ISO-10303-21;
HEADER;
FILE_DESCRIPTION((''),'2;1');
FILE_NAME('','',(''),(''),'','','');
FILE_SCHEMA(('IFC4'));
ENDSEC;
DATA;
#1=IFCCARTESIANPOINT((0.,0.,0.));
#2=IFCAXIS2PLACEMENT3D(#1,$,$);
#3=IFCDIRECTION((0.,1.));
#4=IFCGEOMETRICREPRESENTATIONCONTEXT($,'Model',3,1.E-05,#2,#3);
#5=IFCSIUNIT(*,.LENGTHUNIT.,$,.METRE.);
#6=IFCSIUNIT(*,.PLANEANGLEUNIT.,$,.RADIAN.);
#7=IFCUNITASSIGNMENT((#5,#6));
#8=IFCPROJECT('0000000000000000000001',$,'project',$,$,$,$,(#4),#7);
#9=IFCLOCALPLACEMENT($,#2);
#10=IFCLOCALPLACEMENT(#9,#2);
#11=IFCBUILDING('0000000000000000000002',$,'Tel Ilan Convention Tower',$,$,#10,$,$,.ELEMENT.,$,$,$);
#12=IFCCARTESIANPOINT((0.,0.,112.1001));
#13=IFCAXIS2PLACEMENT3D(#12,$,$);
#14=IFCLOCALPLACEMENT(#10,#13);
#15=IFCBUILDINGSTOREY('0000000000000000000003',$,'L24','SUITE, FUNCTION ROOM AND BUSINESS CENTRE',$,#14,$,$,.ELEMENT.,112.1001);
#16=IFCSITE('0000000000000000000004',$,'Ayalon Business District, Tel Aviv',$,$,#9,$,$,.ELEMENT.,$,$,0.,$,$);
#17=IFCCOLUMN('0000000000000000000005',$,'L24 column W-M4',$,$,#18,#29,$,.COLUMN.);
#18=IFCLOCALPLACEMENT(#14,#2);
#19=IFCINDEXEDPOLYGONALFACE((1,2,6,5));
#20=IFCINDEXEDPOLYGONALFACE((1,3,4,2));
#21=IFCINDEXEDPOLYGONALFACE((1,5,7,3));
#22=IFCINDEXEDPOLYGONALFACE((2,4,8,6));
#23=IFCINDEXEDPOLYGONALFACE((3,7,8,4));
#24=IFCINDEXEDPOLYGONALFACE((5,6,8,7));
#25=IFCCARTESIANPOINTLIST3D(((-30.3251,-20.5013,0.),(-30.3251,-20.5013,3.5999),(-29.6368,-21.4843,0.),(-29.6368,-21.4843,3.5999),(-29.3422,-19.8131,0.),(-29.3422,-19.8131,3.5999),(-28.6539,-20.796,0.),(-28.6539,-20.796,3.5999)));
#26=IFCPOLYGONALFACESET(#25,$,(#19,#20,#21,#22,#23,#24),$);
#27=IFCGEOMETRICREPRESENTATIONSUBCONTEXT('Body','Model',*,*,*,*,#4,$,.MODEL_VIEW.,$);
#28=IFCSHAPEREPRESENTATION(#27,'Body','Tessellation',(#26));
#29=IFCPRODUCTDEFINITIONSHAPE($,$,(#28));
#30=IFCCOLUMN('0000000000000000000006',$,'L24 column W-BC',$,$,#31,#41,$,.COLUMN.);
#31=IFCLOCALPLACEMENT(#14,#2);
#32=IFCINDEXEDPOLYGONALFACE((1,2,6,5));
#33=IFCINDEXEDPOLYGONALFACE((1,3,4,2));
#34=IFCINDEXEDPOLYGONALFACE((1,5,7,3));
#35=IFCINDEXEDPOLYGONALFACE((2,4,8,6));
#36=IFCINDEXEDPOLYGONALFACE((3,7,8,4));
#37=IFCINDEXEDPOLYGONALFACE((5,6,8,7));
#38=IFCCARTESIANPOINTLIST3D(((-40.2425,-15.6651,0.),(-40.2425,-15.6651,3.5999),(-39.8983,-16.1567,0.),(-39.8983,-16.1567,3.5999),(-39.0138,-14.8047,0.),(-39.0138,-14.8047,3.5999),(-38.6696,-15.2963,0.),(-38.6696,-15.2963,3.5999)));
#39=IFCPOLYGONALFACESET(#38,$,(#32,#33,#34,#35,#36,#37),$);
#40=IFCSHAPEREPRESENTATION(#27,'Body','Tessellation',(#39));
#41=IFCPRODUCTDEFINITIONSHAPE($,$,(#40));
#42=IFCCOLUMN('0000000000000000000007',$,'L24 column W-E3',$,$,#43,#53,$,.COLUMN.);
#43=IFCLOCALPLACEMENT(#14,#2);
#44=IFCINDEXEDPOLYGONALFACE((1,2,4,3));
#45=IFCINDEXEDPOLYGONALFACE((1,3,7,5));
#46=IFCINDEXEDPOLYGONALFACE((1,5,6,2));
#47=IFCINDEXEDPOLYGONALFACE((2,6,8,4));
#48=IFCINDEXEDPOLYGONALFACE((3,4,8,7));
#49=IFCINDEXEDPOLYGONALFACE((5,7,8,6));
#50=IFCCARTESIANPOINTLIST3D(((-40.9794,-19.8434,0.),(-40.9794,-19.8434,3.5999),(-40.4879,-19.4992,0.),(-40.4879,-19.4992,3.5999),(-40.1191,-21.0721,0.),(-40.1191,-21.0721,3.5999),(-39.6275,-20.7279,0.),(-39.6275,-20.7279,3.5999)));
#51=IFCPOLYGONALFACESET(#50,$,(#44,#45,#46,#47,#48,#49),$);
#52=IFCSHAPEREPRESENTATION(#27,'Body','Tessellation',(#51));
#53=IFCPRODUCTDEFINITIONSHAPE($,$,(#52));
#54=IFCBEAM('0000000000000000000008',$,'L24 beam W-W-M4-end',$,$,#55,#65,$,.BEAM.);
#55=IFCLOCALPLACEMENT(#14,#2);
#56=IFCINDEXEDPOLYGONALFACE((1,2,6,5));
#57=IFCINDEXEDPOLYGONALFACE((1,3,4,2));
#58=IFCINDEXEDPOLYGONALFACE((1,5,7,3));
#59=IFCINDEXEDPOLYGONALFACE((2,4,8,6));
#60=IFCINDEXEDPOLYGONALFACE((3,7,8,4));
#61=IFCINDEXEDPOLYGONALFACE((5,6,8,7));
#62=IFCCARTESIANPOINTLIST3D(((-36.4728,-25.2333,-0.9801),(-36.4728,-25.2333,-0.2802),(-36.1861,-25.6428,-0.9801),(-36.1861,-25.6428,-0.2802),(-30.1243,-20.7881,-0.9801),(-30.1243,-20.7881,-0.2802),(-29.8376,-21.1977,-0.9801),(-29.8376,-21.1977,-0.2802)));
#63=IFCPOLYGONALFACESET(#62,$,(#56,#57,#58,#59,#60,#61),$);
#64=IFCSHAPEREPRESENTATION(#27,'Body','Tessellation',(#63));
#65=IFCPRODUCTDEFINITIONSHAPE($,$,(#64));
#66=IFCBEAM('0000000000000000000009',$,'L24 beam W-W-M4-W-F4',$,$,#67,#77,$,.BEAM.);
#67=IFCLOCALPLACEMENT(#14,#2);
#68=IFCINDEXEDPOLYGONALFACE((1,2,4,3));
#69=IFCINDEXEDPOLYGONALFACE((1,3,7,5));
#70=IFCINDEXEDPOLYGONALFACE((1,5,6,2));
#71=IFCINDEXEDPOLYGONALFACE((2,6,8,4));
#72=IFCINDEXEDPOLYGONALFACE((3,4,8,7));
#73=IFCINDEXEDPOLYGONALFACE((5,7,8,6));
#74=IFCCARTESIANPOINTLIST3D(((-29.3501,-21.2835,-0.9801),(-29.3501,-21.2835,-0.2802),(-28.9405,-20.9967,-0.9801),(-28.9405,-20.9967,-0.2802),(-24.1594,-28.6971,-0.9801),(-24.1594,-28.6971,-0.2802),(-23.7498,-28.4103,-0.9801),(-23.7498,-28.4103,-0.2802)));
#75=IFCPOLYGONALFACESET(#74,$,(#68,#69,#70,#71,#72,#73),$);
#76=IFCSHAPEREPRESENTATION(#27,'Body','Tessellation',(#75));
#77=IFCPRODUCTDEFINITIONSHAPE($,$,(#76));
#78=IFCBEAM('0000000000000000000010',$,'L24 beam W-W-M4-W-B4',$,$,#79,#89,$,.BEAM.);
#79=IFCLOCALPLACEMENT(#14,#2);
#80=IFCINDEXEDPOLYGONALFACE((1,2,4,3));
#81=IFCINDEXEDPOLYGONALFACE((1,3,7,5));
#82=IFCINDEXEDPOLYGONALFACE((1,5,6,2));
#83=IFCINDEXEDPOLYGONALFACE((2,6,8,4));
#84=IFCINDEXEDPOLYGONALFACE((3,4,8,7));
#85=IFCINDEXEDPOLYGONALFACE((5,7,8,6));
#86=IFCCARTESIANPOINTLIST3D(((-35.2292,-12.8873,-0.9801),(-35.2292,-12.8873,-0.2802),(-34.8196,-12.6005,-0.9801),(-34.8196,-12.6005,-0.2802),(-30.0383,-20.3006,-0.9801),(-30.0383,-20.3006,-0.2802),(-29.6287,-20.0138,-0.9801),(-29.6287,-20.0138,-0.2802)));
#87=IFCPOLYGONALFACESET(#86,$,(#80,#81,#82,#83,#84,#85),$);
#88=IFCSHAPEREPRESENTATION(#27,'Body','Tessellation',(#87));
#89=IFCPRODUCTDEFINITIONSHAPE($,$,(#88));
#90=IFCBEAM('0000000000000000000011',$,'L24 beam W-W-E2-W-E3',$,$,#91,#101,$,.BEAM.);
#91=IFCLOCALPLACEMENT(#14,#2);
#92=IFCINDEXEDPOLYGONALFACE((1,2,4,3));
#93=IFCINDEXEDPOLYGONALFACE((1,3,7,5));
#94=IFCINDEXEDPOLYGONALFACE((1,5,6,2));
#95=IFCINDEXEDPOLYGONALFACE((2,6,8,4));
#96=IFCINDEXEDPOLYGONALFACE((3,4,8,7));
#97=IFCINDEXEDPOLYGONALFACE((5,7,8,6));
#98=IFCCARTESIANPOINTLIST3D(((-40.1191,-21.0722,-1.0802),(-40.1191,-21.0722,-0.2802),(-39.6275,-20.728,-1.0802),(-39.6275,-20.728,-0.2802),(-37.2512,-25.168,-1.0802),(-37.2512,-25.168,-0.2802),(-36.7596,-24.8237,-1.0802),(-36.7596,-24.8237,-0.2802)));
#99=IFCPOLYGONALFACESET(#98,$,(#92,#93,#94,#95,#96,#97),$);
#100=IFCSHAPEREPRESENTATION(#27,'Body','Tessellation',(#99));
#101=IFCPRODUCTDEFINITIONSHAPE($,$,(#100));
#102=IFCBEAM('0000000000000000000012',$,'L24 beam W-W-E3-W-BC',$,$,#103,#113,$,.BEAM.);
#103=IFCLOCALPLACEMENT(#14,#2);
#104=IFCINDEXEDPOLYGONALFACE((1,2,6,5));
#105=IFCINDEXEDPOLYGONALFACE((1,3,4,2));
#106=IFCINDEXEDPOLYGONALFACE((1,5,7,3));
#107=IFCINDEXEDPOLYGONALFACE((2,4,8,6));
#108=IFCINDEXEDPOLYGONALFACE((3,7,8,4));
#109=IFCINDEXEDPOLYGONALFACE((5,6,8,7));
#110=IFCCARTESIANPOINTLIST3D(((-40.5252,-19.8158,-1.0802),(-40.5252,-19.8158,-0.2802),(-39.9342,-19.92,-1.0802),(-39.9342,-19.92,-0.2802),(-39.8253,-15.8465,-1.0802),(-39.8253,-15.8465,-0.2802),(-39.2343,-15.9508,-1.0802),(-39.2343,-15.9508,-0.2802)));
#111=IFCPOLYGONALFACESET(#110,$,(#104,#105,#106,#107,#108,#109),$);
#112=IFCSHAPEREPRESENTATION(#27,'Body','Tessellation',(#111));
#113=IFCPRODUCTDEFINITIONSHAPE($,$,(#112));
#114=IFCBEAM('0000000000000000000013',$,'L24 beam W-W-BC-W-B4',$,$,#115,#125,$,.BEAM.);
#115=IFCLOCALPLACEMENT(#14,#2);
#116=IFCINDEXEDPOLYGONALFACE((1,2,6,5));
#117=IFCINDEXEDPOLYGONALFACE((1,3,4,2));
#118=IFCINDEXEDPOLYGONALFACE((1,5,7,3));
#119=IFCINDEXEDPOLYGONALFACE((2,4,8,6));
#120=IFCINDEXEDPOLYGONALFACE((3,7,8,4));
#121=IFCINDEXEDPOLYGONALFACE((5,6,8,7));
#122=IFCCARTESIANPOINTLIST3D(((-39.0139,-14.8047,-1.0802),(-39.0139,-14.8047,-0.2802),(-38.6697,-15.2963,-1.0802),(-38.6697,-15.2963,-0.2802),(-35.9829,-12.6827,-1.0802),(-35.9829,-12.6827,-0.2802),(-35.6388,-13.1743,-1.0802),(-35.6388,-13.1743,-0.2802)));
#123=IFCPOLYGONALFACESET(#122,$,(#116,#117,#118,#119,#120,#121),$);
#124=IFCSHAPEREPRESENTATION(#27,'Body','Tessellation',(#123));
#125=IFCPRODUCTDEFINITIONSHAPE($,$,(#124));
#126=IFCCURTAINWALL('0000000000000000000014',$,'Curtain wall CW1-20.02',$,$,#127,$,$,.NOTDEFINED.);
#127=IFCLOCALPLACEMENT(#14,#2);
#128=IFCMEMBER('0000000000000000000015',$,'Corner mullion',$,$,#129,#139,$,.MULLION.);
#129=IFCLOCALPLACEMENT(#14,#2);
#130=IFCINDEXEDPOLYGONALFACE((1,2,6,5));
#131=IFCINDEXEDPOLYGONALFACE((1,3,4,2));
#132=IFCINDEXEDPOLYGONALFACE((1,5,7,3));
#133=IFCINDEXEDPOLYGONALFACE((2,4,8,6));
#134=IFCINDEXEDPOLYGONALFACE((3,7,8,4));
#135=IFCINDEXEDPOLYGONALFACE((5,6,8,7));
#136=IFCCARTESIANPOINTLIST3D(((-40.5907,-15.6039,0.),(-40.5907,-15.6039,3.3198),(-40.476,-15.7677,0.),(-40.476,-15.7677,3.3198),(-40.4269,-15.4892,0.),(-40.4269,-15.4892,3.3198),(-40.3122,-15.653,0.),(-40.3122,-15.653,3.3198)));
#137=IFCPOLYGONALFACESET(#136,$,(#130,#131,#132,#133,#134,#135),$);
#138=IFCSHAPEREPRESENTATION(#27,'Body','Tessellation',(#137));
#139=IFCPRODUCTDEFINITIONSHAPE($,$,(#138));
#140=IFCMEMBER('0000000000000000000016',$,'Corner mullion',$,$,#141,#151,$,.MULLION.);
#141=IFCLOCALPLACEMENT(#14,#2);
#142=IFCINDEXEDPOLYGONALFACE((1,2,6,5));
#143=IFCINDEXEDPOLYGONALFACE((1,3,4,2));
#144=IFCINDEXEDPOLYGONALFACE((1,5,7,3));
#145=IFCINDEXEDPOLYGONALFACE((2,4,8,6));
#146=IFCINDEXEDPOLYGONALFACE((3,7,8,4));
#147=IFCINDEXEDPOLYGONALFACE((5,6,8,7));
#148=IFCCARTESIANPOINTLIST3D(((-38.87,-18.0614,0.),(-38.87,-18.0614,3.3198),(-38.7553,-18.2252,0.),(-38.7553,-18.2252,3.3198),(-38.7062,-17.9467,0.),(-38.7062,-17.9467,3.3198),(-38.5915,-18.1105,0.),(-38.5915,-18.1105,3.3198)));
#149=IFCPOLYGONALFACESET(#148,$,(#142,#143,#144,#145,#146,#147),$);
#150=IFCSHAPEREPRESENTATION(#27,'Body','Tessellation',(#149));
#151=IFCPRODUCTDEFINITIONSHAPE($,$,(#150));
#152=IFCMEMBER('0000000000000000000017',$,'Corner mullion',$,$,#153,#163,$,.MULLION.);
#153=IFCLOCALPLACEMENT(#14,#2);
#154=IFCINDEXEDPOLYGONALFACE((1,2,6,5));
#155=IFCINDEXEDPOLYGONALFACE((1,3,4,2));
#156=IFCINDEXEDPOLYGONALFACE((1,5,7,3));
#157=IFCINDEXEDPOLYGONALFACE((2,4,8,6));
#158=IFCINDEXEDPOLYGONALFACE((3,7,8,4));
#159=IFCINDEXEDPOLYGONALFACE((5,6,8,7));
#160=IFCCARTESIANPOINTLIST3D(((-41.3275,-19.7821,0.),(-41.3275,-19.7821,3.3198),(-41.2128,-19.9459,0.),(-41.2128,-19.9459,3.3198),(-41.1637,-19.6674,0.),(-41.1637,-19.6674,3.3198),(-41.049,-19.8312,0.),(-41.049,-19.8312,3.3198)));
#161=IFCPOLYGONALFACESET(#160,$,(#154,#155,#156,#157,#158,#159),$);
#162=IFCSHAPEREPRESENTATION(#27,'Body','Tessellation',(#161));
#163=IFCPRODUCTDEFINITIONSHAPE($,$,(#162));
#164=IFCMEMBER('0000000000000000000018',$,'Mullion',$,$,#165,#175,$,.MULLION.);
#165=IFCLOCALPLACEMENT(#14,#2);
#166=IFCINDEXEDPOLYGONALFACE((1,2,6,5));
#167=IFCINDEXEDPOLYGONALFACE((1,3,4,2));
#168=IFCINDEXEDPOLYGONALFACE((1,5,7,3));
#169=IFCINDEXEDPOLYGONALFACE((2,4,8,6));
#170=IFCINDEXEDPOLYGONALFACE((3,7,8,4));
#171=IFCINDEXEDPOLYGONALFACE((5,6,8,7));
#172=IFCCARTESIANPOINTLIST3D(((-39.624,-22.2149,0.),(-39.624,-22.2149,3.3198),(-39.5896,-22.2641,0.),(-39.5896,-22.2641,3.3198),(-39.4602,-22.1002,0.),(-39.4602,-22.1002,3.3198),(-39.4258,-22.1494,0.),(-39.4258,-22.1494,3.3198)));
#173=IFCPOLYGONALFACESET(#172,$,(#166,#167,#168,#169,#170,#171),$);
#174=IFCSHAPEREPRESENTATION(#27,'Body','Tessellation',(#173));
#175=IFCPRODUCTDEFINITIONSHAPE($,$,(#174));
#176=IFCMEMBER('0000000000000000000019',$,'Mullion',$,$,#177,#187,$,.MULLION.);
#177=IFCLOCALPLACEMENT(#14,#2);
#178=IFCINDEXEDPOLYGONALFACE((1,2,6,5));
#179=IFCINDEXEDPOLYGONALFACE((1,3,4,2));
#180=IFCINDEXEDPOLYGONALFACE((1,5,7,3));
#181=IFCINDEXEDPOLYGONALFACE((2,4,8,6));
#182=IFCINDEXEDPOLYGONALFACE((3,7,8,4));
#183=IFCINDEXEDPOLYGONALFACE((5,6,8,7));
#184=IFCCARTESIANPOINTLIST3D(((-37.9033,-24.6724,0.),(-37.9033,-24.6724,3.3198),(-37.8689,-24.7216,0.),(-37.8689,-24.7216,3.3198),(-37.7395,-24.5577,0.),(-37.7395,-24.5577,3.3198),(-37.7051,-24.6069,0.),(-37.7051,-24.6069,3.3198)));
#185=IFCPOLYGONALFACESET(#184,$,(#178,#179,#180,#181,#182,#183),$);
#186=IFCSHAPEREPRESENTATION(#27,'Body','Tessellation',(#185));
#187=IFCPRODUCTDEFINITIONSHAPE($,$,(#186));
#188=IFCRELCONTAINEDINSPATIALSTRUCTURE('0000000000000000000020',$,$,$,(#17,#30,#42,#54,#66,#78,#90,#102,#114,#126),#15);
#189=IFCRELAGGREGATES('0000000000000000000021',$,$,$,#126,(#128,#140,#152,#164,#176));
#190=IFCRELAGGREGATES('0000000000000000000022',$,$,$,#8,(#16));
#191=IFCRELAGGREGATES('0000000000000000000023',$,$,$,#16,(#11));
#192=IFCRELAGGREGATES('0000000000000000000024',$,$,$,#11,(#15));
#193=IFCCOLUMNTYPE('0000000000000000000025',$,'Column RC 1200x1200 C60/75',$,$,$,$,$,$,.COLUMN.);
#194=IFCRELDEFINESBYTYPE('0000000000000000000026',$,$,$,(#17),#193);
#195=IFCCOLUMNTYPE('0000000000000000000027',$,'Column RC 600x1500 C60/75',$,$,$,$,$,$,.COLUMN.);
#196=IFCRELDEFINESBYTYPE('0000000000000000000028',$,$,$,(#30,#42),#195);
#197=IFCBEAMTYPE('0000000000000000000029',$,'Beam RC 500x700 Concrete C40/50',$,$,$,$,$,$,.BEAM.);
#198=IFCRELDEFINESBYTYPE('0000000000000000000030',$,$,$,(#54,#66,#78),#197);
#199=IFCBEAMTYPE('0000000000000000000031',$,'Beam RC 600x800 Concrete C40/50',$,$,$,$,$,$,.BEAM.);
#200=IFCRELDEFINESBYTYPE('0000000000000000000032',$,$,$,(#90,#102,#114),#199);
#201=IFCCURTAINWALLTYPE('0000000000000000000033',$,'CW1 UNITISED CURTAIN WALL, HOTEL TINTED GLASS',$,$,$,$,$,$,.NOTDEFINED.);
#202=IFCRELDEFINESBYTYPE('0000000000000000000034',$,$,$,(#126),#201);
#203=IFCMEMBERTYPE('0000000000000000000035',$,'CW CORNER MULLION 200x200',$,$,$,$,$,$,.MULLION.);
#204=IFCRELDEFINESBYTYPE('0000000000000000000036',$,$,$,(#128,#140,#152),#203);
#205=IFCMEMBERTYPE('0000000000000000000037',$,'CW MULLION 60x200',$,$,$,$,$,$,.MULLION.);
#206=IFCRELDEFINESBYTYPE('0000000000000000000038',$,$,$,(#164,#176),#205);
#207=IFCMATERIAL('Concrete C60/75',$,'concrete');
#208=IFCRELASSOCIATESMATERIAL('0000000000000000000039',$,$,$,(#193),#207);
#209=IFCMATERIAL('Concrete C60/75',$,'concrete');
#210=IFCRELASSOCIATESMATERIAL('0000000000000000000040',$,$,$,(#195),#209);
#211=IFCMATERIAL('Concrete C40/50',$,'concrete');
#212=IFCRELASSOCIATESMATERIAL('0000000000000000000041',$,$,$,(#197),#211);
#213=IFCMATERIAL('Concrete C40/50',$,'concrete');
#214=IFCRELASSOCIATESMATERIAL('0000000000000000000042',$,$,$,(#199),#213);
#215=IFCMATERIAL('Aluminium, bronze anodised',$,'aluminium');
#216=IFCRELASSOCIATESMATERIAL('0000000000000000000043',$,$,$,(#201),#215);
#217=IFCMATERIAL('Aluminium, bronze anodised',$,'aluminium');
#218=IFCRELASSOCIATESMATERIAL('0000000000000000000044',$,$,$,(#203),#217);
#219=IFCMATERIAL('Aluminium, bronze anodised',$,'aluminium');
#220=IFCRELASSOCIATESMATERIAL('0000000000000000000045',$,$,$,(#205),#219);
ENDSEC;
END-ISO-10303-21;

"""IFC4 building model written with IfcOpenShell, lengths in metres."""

from ifc_helpers import new_model, si_unit, direction, frame, origin, origin_2d, place, context, subcontext, project, spatial, rectangle, extrude, material, material_profile, profile_set, type_object, element, aggregate, save


model = new_model("IFC4")

# Units and contexts
model_context = context("Model", 3, precision=1e-05, world=origin(), true_north=direction((0.0, 1.0)))
body_context = subcontext(model_context, "Body", "Model", "MODEL_VIEW")
ifc_project = project(units=[si_unit("LENGTHUNIT", "METRE"), si_unit("PLANEANGLEUNIT", "RADIAN")], contexts=[model_context])

# Site, building, storey
site_placement = place(None, origin())
site = spatial("IfcSite", under=ifc_project, at=site_placement, Name="Ayalon Business District, Tel Aviv", CompositionType="ELEMENT", RefElevation=0.0)
building_placement = place(site_placement, origin())
building = spatial("IfcBuilding", under=site, at=building_placement, Name="Tel Ilan Convention Tower", CompositionType="ELEMENT")
storey_placement = place(building_placement, frame((0.0, 0.0, 112.1001)))
storey = spatial("IfcBuildingStorey", under=building, at=storey_placement, Name="L24", Description="SUITE, FUNCTION ROOM AND BUSINESS CENTRE", CompositionType="ELEMENT", Elevation=112.1001)

# Columns
ifc_material_1 = material(Name="Concrete C60/75", Category="concrete")
ifc_material_profile_1 = material_profile(ifc_material_1, rectangle(XDim=1.2, YDim=1.2, at=origin_2d()), Name="RC 1200x1200")
ifc_profile_set_1 = profile_set([ifc_material_profile_1], Name="Concrete C60/75")
column_type_1 = type_object("IfcColumnType", Name="Column RC 1200x1200 C60/75", PredefinedType="COLUMN", material=ifc_profile_set_1)
column_placement = place(storey_placement, frame((-29.4895, -20.6487, 0.0), z_axis=(0.0, 0.0, 1.0), x_axis=(-0.819152, -0.573576, 0.0)))
element("IfcColumn", 1, at=column_placement, inside=storey, type_object=column_type_1, Name="L24 column W-M4", PredefinedType="COLUMN", context=body_context, shape_type="SweptSolid", body=[
    extrude(rectangle(XDim=1.2, YDim=1.2, at=origin_2d()), origin(), (0.0, 0.0, 1.0), 3.5999),
])
ifc_material_2 = material(Name="Concrete C60/75", Category="concrete")
ifc_material_profile_2 = material_profile(ifc_material_2, rectangle(XDim=1.5, YDim=0.6001, at=origin_2d()), Name="RC 600x1500")
ifc_profile_set_2 = profile_set([ifc_material_profile_2], Name="Concrete C60/75")
column_type_2 = type_object("IfcColumnType", Name="Column RC 600x1500 C60/75", PredefinedType="COLUMN", material=ifc_profile_set_2)
for number, where, z_axis, x_axis, name in (
    (2, (-39.4561, -15.4807, 0.0), (0.0, 0.0, 1.0), (-0.819152, -0.573576, 0.0), "L24 column W-BC"),
    (3, (-40.3035, -20.2856, 0.0), (0.0, 0.0, 1.0), (-0.573576, 0.819152, 0.0), "L24 column W-E3"),
):
    element("IfcColumn", number, at=place(storey_placement, frame(where, z_axis=z_axis, x_axis=x_axis)), inside=storey, type_object=column_type_2, Name=name, PredefinedType="COLUMN", context=body_context, shape_type="SweptSolid", body=[
        extrude(rectangle(XDim=1.5, YDim=0.6001, at=origin_2d()), origin(), (0.0, 0.0, 1.0), 3.5999),
    ])

# Beams
ifc_material_3 = material(Name="Concrete C40/50", Category="concrete")
ifc_material_profile_3 = material_profile(ifc_material_3, rectangle(XDim=0.5, YDim=0.7, at=origin_2d()), Name="RC 500x700")
ifc_profile_set_3 = profile_set([ifc_material_profile_3], Name="Concrete C40/50")
beam_type_1 = type_object("IfcBeamType", Name="Beam RC 500x700 Concrete C40/50", PredefinedType="BEAM", material=ifc_profile_set_3)
beam_1_placement = place(storey_placement, frame((-29.981, -20.9929, -0.6301), z_axis=(-0.819159, -0.573566, 0.0), x_axis=(0.573566, -0.819159, 0.0)))
element("IfcBeam", 4, at=beam_1_placement, inside=storey, type_object=beam_type_1, Name="L24 beam W-W-M4-end", PredefinedType="BEAM", context=body_context, shape_type="SweptSolid", body=[
    extrude(rectangle(XDim=0.5, YDim=0.7, at=origin_2d()), origin(), (0.0, 0.0, 1.0), 7.75),
])
for number, where, z_axis, x_axis, name in (
    (5, (-29.1453, -21.1401, -0.6301), (0.573549, -0.819171, 0.0), (0.819171, 0.573549, 0.0), "L24 beam W-W-M4-W-F4"),
    (6, (-29.8335, -20.1572, -0.6301), (-0.57358, 0.81915, 0.0), (-0.81915, -0.57358, 0.0), "L24 beam W-W-M4-W-B4"),
):
    element("IfcBeam", number, at=place(storey_placement, frame(where, z_axis=z_axis, x_axis=x_axis)), inside=storey, type_object=beam_type_1, Name=name, PredefinedType="BEAM", context=body_context, shape_type="SweptSolid", body=[
        extrude(rectangle(XDim=0.5, YDim=0.7, at=origin_2d()), origin(), (0.0, 0.0, 1.0), 9.05),
    ])
ifc_material_4 = material(Name="Concrete C40/50", Category="concrete")
ifc_material_profile_4 = material_profile(ifc_material_4, rectangle(XDim=0.6001, YDim=0.8, at=origin_2d()), Name="RC 600x800")
ifc_profile_set_4 = profile_set([ifc_material_profile_4], Name="Concrete C40/50")
beam_type_2 = type_object("IfcBeamType", Name="Beam RC 600x800 Concrete C40/50", PredefinedType="BEAM", material=ifc_profile_set_4)
beam_2_placement = place(storey_placement, frame((-37.0054, -24.9958, -0.6802), z_axis=(-0.573587, 0.819145, 0.0), x_axis=(-0.819145, -0.573587, 0.0)))
element("IfcBeam", 7, at=beam_2_placement, inside=storey, type_object=beam_type_2, Name="L24 beam W-W-E2-W-E3", PredefinedType="BEAM", context=body_context, shape_type="SweptSolid", body=[
    extrude(rectangle(XDim=0.6001, YDim=0.8, at=origin_2d()), origin(), (0.0, 0.0, 1.0), 5.0),
])
beam_3_placement = place(storey_placement, frame((-40.2297, -19.8679, -0.6802), z_axis=(0.173664, 0.984805, 0.0), x_axis=(-0.984805, 0.173664, 0.0)))
element("IfcBeam", 8, at=beam_3_placement, inside=storey, type_object=beam_type_2, Name="L24 beam W-W-E3-W-BC", PredefinedType="BEAM", context=body_context, shape_type="SweptSolid", body=[
    extrude(rectangle(XDim=0.6001, YDim=0.8, at=origin_2d()), origin(), (0.0, 0.0, 1.0), 4.0305),
])
beam_4_placement = place(storey_placement, frame((-38.8418, -15.0505, -0.6802), z_axis=(0.819185, 0.573529, 0.0), x_axis=(-0.573529, 0.819185, 0.0)))
element("IfcBeam", 9, at=beam_4_placement, inside=storey, type_object=beam_type_2, Name="L24 beam W-W-BC-W-B4", PredefinedType="BEAM", context=body_context, shape_type="SweptSolid", body=[
    extrude(rectangle(XDim=0.6001, YDim=0.8, at=origin_2d()), origin(), (0.0, 0.0, 1.0), 3.7),
])

# Curtain wall, members
ifc_material_5 = material(Name="Aluminium, bronze anodised", Category="aluminium")
curtain_wall_type = type_object("IfcCurtainWallType", Name="CW1 UNITISED CURTAIN WALL, HOTEL TINTED GLASS", PredefinedType="NOTDEFINED", material=ifc_material_5)
curtain_wall_placement = place(storey_placement, origin())
curtain_wall = element("IfcCurtainWall", 10, at=curtain_wall_placement, inside=storey, type_object=curtain_wall_type, Name="Curtain wall CW1-20.02", PredefinedType="NOTDEFINED")
ifc_material_6 = material(Name="Aluminium, bronze anodised", Category="aluminium")
ifc_material_profile_5 = material_profile(ifc_material_6, rectangle(XDim=0.2, YDim=0.2, at=origin_2d()), Name="CW CORNER MULLION 200x200")
ifc_profile_set_5 = profile_set([ifc_material_profile_5], Name="Aluminium, bronze anodised")
member_type_1 = type_object("IfcMemberType", Name="CW CORNER MULLION 200x200", PredefinedType="MULLION", material=ifc_profile_set_5)
member_1_placement = place(storey_placement, frame((-40.4514, -15.6284, 0.0), z_axis=(0.0, 0.0, 1.0), x_axis=(-0.819152, -0.573576, 0.0)))
member_1 = element("IfcMember", 11, at=member_1_placement, type_object=member_type_1, Name="Corner mullion", PredefinedType="MULLION", context=body_context, shape_type="SweptSolid", body=[
    extrude(rectangle(XDim=0.2, YDim=0.2, at=origin_2d()), origin(), (0.0, 0.0, 1.0), 3.3198),
])
member_2_placement = place(storey_placement, frame((-38.7307, -18.0859, 0.0), z_axis=(0.0, 0.0, 1.0), x_axis=(0.573576, -0.819152, 0.0)))
member_2 = element("IfcMember", 12, at=member_2_placement, type_object=member_type_1, Name="Corner mullion", PredefinedType="MULLION", context=body_context, shape_type="SweptSolid", body=[
    extrude(rectangle(XDim=0.2, YDim=0.2, at=origin_2d()), origin(), (0.0, 0.0, 1.0), 3.3198),
])
member_3_placement = place(storey_placement, frame((-41.1882, -19.8066, 0.0), z_axis=(0.0, 0.0, 1.0), x_axis=(-0.819152, -0.573576, 0.0)))
member_3 = element("IfcMember", 13, at=member_3_placement, type_object=member_type_1, Name="Corner mullion", PredefinedType="MULLION", context=body_context, shape_type="SweptSolid", body=[
    extrude(rectangle(XDim=0.2, YDim=0.2, at=origin_2d()), origin(), (0.0, 0.0, 1.0), 3.3198),
])
ifc_material_7 = material(Name="Aluminium, bronze anodised", Category="aluminium")
ifc_material_profile_6 = material_profile(ifc_material_7, rectangle(XDim=0.0601, YDim=0.2, at=origin_2d()), Name="CW MULLION 60x200")
ifc_profile_set_6 = profile_set([ifc_material_profile_6], Name="Aluminium, bronze anodised")
member_type_2 = type_object("IfcMemberType", Name="CW MULLION 60x200", PredefinedType="MULLION", material=ifc_profile_set_6)
member_4_placement = place(storey_placement, frame((-39.5249, -22.1821, 0.0), z_axis=(0.0, 0.0, 1.0), x_axis=(0.573576, -0.819152, 0.0)))
member_4 = element("IfcMember", 14, at=member_4_placement, type_object=member_type_2, Name="Mullion", PredefinedType="MULLION", context=body_context, shape_type="SweptSolid", body=[
    extrude(rectangle(XDim=0.0601, YDim=0.2, at=origin_2d()), origin(), (0.0, 0.0, 1.0), 3.3198),
])
member_5_placement = place(storey_placement, frame((-37.8042, -24.6396, 0.0), z_axis=(0.0, 0.0, 1.0), x_axis=(0.573576, -0.819152, 0.0)))
member_5 = element("IfcMember", 15, at=member_5_placement, type_object=member_type_2, Name="Mullion", PredefinedType="MULLION", context=body_context, shape_type="SweptSolid", body=[
    extrude(rectangle(XDim=0.0601, YDim=0.2, at=origin_2d()), origin(), (0.0, 0.0, 1.0), 3.3198),
])
aggregate(curtain_wall, [member_1, member_2, member_3, member_4, member_5])

save(model, "model.ifc")
